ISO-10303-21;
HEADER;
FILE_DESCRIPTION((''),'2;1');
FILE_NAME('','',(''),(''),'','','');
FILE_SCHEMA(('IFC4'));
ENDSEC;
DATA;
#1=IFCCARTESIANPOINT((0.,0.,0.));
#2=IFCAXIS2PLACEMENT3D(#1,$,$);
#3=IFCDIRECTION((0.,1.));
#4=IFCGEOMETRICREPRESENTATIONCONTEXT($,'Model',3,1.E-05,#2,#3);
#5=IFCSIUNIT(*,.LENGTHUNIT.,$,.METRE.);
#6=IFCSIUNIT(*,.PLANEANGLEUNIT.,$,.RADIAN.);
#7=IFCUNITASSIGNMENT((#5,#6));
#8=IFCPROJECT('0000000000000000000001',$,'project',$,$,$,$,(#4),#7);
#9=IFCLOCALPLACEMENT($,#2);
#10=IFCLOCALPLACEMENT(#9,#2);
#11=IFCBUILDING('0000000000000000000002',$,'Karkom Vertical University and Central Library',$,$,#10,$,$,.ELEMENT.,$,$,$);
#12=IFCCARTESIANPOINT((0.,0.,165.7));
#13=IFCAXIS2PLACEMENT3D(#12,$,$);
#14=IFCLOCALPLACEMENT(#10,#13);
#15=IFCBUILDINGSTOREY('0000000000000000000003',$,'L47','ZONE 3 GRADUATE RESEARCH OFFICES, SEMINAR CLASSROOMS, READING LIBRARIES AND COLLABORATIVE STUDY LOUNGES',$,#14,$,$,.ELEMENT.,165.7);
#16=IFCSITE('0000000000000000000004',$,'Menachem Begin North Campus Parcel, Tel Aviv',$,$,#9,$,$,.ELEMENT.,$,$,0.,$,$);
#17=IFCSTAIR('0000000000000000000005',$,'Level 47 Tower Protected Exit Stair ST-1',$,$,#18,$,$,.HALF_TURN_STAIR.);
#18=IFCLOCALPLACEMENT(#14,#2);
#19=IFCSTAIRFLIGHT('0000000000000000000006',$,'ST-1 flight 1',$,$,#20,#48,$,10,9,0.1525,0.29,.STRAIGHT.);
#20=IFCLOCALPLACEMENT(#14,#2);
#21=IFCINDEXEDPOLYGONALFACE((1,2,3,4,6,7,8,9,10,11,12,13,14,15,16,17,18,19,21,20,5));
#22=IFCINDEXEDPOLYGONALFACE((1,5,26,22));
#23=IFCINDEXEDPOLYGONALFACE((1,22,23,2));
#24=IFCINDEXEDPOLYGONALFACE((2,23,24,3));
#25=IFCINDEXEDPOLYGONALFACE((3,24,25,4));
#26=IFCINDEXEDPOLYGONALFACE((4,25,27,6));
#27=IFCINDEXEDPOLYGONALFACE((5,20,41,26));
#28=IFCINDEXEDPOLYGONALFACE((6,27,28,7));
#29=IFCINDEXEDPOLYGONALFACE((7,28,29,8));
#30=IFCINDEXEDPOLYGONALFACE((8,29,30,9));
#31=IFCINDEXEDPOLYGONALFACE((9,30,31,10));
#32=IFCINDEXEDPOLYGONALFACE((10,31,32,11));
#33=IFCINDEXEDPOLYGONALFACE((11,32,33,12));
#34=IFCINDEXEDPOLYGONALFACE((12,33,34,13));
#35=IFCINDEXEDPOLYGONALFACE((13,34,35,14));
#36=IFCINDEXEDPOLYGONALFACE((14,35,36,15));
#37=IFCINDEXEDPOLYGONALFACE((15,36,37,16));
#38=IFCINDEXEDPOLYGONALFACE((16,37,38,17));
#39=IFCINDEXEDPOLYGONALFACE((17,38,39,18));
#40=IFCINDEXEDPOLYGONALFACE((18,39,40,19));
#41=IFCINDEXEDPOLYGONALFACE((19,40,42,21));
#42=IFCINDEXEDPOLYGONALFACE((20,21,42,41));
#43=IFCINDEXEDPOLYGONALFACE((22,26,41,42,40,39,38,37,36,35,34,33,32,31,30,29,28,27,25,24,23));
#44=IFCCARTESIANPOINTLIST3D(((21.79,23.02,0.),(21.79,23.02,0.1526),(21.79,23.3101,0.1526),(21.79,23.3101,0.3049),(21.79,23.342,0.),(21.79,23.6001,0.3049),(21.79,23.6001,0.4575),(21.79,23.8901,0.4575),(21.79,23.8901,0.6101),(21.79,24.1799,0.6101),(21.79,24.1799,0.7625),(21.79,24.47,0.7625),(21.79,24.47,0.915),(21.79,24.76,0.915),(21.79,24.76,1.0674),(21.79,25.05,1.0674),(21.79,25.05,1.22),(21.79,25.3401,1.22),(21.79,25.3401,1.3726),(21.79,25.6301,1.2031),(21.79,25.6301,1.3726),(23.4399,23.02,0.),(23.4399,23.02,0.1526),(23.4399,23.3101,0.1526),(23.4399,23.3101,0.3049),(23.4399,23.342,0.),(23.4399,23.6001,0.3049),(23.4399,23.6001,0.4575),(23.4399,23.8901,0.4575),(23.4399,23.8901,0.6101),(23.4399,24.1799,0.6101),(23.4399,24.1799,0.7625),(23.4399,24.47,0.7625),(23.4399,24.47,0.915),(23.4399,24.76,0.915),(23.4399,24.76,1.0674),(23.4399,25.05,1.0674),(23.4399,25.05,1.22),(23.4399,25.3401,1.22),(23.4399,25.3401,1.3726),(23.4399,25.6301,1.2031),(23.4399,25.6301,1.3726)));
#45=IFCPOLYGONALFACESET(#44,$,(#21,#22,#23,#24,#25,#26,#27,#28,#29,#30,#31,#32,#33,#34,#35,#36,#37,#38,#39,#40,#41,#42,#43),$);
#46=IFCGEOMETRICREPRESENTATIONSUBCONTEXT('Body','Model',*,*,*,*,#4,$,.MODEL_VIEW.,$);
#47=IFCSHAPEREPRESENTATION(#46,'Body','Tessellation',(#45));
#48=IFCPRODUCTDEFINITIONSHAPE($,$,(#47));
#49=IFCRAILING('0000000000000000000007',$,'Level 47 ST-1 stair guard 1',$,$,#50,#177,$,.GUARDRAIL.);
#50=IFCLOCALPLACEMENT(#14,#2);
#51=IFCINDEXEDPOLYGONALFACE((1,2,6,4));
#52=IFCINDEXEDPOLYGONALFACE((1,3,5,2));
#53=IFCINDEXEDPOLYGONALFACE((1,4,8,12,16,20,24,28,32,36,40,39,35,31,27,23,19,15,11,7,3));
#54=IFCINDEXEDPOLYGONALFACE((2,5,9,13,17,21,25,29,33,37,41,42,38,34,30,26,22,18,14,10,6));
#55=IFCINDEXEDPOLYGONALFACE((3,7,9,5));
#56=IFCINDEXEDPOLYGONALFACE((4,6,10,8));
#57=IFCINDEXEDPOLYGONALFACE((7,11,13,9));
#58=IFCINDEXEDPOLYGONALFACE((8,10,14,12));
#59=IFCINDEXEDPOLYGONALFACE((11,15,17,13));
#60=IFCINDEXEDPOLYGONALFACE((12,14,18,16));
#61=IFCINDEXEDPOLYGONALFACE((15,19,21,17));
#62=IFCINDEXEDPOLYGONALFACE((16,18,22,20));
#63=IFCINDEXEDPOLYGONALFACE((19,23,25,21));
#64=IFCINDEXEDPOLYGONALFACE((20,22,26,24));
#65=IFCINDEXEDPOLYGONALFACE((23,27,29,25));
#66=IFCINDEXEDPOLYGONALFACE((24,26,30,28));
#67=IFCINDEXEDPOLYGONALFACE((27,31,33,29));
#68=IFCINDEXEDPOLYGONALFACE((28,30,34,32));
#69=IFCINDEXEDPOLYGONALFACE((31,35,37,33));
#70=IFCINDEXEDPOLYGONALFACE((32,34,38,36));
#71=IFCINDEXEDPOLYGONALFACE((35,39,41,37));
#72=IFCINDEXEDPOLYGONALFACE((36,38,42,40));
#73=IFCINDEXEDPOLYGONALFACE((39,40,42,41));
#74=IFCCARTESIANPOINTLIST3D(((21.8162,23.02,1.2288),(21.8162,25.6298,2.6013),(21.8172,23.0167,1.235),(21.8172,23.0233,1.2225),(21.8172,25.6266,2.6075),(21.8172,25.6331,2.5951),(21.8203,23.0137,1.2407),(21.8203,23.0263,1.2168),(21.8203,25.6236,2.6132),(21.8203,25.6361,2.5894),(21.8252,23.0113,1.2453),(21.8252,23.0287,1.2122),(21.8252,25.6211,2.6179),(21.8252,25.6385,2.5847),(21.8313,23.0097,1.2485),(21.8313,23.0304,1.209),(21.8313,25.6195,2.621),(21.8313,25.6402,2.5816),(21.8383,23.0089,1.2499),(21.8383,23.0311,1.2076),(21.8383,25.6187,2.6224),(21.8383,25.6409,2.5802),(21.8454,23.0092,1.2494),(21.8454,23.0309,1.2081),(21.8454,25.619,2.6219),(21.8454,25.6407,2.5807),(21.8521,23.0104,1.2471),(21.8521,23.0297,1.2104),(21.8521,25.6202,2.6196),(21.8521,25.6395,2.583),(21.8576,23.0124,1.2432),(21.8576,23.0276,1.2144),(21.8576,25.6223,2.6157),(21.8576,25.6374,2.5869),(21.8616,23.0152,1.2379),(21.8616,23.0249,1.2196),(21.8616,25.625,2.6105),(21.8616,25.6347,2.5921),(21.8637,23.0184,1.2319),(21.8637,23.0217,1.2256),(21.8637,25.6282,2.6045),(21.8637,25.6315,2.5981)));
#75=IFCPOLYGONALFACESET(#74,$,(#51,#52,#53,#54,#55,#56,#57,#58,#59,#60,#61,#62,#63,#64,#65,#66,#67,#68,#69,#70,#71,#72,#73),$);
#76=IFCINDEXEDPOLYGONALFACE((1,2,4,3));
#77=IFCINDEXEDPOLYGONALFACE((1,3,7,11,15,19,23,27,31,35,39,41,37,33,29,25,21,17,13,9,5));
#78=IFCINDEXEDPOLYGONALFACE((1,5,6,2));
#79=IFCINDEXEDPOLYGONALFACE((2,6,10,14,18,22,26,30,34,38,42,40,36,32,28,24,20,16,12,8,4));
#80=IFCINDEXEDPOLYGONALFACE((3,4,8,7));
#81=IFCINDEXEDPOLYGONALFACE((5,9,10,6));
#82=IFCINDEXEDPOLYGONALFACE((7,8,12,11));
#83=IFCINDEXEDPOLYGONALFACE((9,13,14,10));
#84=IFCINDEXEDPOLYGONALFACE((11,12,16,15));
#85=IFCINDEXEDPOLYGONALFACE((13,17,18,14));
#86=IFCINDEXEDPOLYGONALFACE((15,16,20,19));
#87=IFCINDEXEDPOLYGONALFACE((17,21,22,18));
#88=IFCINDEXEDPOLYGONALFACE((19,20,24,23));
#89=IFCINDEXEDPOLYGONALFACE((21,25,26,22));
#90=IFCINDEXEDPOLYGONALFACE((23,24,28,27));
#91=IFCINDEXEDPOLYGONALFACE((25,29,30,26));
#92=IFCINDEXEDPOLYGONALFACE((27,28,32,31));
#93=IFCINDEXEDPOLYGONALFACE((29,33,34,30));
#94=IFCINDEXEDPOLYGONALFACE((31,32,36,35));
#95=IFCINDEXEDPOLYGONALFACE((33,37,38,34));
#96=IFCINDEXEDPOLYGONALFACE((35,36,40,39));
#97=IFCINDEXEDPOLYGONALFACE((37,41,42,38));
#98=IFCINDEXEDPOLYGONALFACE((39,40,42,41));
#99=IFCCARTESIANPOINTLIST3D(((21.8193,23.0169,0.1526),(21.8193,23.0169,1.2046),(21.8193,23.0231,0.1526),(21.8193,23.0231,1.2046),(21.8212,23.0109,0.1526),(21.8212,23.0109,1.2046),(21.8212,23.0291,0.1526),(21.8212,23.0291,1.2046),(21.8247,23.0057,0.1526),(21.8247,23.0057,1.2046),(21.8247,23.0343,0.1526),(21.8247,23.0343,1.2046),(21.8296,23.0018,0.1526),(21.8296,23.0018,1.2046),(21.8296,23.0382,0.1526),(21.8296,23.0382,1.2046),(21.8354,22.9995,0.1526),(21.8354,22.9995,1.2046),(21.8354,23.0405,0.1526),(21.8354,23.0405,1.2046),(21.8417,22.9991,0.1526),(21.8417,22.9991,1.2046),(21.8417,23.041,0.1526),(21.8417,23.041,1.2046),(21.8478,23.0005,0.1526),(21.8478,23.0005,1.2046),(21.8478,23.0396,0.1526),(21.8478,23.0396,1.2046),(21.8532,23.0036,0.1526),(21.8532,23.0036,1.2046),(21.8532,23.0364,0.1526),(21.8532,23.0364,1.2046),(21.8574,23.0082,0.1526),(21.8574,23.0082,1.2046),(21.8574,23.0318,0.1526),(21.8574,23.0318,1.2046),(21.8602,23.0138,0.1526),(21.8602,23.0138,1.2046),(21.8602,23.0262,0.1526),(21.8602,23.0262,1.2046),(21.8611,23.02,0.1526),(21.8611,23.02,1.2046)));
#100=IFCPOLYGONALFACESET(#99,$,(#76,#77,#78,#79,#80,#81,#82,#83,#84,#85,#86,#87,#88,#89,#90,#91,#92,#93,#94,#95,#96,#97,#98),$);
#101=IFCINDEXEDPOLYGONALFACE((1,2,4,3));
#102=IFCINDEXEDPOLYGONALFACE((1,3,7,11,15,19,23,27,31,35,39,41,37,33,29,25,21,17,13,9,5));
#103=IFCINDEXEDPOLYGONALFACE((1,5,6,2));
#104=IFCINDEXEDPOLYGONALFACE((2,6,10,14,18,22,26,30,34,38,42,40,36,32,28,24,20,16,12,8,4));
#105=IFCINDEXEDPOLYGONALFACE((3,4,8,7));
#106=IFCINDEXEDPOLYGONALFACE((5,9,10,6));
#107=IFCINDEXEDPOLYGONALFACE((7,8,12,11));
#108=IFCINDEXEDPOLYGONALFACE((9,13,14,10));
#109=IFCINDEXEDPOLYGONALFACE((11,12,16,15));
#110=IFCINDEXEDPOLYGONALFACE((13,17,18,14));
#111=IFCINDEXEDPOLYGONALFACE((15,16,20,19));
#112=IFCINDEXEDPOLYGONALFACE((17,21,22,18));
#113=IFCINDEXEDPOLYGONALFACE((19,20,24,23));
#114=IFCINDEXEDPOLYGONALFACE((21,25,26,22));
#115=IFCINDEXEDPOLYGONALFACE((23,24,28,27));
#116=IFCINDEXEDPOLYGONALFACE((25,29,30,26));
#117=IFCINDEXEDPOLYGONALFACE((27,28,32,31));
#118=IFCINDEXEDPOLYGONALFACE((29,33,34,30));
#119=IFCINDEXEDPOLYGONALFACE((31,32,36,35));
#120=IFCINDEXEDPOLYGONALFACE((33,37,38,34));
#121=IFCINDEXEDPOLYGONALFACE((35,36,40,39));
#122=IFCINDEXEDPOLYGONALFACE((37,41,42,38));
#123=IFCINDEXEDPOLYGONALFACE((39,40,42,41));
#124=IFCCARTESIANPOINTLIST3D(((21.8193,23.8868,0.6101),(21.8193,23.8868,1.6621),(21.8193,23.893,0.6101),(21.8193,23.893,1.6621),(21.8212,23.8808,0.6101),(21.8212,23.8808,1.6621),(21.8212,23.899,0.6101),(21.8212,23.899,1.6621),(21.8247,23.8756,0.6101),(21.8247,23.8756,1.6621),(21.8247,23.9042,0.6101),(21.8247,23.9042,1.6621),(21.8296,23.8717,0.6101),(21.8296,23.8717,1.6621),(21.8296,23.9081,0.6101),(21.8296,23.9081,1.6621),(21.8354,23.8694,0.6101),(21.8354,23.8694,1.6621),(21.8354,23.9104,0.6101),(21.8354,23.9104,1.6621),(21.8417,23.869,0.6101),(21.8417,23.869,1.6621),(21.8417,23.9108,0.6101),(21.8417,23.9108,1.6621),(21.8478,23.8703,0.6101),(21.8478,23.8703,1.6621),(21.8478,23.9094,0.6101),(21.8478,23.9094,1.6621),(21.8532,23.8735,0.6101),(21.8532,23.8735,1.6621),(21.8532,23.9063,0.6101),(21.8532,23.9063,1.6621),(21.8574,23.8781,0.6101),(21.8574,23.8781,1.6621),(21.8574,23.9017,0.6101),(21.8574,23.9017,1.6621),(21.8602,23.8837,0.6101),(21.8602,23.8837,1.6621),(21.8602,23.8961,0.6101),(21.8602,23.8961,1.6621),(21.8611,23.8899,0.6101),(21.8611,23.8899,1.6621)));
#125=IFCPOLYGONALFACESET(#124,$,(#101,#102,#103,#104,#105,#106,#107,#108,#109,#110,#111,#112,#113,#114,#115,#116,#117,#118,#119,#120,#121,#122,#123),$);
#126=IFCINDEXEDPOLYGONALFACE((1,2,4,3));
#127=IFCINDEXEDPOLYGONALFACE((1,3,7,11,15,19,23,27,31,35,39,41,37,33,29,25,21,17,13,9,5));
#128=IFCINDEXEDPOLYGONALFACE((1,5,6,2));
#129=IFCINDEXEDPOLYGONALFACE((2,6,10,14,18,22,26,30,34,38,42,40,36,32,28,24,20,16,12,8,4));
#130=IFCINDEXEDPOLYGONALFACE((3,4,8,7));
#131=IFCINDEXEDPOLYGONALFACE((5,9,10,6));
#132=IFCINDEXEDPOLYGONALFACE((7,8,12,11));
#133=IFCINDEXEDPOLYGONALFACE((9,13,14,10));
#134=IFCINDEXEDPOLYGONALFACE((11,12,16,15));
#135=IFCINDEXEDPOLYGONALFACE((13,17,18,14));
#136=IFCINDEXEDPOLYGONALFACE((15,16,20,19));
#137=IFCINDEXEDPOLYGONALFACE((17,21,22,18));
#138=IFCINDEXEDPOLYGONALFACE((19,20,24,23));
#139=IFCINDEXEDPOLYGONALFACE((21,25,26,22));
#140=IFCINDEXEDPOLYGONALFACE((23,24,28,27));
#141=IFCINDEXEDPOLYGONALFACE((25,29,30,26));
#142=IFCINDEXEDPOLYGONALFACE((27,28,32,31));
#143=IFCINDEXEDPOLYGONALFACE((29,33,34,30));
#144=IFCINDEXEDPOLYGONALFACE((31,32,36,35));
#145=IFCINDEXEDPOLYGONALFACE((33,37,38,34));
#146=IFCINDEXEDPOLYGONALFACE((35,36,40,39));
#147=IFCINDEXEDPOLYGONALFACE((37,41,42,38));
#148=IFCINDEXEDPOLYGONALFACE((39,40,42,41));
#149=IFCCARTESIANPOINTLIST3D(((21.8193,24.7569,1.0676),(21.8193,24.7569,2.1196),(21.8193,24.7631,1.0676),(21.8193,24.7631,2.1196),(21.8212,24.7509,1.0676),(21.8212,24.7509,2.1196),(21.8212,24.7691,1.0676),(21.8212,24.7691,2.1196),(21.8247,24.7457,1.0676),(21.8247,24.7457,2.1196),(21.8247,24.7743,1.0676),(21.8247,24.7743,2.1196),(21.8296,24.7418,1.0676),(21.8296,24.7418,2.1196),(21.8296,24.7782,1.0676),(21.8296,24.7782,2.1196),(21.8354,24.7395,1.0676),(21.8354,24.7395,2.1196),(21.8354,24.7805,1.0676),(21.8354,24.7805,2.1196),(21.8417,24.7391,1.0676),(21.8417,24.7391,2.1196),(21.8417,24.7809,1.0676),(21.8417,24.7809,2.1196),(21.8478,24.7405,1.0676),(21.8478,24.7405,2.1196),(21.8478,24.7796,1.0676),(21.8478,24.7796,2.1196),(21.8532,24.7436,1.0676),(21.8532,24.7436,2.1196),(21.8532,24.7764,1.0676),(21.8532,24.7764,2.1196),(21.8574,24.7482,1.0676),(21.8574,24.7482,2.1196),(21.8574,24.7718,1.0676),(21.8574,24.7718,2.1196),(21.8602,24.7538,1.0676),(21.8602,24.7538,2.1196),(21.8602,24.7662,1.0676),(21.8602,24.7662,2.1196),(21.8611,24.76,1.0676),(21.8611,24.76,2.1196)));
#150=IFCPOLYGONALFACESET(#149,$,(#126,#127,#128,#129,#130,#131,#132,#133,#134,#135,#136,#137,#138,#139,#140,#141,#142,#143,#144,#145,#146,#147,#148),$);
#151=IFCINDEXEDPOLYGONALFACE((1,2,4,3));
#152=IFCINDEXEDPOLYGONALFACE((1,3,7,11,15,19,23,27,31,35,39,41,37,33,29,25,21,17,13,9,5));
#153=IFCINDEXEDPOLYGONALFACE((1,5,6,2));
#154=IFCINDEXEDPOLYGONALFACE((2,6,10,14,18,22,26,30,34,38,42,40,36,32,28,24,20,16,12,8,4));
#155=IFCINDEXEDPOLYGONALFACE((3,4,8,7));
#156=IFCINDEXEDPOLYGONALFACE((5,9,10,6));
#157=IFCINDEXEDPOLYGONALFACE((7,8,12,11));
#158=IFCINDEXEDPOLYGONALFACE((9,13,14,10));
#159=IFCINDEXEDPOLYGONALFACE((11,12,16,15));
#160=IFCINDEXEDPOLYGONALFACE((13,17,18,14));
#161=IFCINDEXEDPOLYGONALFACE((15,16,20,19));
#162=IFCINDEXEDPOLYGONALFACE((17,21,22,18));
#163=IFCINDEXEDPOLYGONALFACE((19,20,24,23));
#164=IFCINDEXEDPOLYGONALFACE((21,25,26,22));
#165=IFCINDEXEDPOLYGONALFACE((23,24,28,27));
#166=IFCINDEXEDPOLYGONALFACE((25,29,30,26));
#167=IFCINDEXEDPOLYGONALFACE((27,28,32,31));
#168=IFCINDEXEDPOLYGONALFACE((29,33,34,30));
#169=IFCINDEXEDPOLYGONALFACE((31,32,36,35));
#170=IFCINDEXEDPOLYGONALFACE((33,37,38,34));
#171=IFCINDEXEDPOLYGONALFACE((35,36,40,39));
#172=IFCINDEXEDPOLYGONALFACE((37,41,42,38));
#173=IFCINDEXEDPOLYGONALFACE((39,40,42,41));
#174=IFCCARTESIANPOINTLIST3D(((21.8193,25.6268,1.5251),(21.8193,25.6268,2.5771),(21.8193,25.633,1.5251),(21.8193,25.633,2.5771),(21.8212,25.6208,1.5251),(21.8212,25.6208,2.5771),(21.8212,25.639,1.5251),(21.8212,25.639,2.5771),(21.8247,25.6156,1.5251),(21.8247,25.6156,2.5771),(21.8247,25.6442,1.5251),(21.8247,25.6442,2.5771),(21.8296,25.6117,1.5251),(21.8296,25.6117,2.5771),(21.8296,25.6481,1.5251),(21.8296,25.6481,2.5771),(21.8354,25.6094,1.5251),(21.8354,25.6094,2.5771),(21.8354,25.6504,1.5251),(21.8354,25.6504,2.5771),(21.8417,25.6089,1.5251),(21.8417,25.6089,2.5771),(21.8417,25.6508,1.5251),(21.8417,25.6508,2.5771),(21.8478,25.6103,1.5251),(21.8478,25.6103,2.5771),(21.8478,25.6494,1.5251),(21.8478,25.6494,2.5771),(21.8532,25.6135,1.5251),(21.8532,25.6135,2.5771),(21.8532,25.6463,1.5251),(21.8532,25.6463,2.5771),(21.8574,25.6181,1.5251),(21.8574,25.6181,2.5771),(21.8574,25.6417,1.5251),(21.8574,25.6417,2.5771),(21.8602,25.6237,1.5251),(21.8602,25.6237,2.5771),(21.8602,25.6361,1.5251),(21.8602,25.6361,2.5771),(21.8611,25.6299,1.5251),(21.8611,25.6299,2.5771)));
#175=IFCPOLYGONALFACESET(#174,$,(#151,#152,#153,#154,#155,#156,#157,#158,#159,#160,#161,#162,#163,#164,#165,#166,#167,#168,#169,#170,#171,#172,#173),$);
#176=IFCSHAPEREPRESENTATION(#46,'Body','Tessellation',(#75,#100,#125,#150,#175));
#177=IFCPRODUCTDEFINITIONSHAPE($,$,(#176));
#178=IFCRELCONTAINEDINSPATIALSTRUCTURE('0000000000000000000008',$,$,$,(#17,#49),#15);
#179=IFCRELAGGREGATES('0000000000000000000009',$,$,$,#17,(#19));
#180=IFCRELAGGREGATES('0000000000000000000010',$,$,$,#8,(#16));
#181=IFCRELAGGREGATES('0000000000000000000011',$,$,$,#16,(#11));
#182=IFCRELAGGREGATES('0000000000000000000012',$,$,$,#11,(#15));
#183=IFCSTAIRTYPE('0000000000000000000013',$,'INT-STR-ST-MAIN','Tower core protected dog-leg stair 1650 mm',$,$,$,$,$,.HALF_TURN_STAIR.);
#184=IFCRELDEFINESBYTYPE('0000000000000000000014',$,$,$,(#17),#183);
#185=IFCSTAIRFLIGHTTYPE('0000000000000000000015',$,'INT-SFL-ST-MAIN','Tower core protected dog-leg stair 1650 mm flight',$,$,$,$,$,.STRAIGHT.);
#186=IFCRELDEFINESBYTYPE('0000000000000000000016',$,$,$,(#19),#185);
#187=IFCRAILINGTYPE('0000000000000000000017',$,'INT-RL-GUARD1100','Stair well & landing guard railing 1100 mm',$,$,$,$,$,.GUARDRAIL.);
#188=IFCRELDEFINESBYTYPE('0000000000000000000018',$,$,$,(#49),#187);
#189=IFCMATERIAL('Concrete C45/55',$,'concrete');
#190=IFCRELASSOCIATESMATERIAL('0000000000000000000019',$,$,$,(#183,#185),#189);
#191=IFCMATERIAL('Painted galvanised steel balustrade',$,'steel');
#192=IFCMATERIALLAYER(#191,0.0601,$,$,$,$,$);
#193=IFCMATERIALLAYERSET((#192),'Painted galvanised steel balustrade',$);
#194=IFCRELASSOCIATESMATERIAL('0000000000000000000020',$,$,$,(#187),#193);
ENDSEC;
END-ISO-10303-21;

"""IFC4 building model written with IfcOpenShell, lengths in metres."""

from ifc_helpers import new_model, si_unit, direction, frame, origin, origin_2d, place, context, subcontext, project, spatial, polyline, circle, outline, extrude, material, layer, layer_set, type_object, element, aggregate, save


model = new_model("IFC4")

# Units and contexts
model_context = context("Model", 3, precision=1e-05, world=origin(), true_north=direction((0.0, 1.0)))
body_context = subcontext(model_context, "Body", "Model", "MODEL_VIEW")
ifc_project = project(units=[si_unit("LENGTHUNIT", "METRE"), si_unit("PLANEANGLEUNIT", "RADIAN")], contexts=[model_context])

# Site, building, storey
site_placement = place(None, origin())
site = spatial("IfcSite", under=ifc_project, at=site_placement, Name="Menachem Begin North Campus Parcel, Tel Aviv", CompositionType="ELEMENT", RefElevation=0.0)
building_placement = place(site_placement, origin())
building = spatial("IfcBuilding", under=site, at=building_placement, Name="Karkom Vertical University and Central Library", CompositionType="ELEMENT")
storey_placement = place(building_placement, frame((0.0, 0.0, 165.7)))
storey = spatial("IfcBuildingStorey", under=building, at=storey_placement, Name="L47", Description="ZONE 3 GRADUATE RESEARCH OFFICES, SEMINAR CLASSROOMS, READING LIBRARIES AND COLLABORATIVE STUDY LOUNGES", CompositionType="ELEMENT", Elevation=165.7)

# Shared definitions
ifc_material_1 = material(Name="Concrete C45/55", Category="concrete")

# Stair, stair flight
stair_type = type_object("IfcStairType", Name="INT-STR-ST-MAIN", Description="Tower core protected dog-leg stair 1650 mm", PredefinedType="HALF_TURN_STAIR", material=ifc_material_1)
stair_placement = place(storey_placement, origin())
stair = element("IfcStair", 1, at=stair_placement, inside=storey, type_object=stair_type, Name="Level 47 Tower Protected Exit Stair ST-1", PredefinedType="HALF_TURN_STAIR")
stair_flight_type = type_object("IfcStairFlightType", Name="INT-SFL-ST-MAIN", Description="Tower core protected dog-leg stair 1650 mm flight", PredefinedType="STRAIGHT", material=ifc_material_1)
stair_flight_placement = place(storey_placement, frame((22.615, 23.02, 0.0), z_axis=(0.0, 0.0, 1.0), x_axis=(0.0, 1.0, 0.0)))
stair_flight = element("IfcStairFlight", 2, at=stair_flight_placement, type_object=stair_flight_type, Name="ST-1 flight 1", NumberOfRisers=10, NumberOfTreads=9, PredefinedType="STRAIGHT", RiserHeight=0.1525, TreadLength=0.29, context=body_context, shape_type="SweptSolid", body=[
    extrude(outline(polyline([(0.0, 0.0), (0.0, 0.1526), (0.29, 0.1526), (0.29, 0.3049), (0.5801, 0.3049), (0.5801, 0.4575), (0.8701, 0.4575), (0.8701, 0.6101), (1.1599, 0.6101), (1.1599, 0.7625), (1.45, 0.7625), (1.45, 0.915), (1.74, 0.915), (1.74, 1.0674), (2.03, 1.0674), (2.03, 1.22), (2.3201, 1.22), (2.3201, 1.3726), (2.6101, 1.3726), (2.6101, 1.5249), (2.6101, 1.2031), (0.322, 0.0), (0.0, 0.0)])), frame((0.0, 0.825, 0.0), z_axis=(0.0, -1.0, 0.0), x_axis=(1.0, 0.0, 0.0)), (0.0, 0.0, 1.0), 1.6499),
])
aggregate(stair, [stair_flight])

# Railing
ifc_material_2 = material(Name="Painted galvanised steel balustrade", Category="steel")
ifc_layer_1 = layer(ifc_material_2, 0.0601)
ifc_layer_set_1 = layer_set([ifc_layer_1], Name="Painted galvanised steel balustrade")
railing_type_1 = type_object("IfcRailingType", Name="INT-RL-GUARD1100", Description="Stair well & landing guard railing 1100 mm", PredefinedType="GUARDRAIL", material=ifc_layer_set_1)
railing_1_placement = place(storey_placement, frame((21.8401, 23.02, 0.1526)))
element("IfcRailing", 3, at=railing_1_placement, inside=storey, type_object=railing_type_1, Name="Level 47 ST-1 stair guard 1", PredefinedType="GUARDRAIL", context=body_context, shape_type="SweptSolid", body=[
    extrude(circle(Radius=0.0239, at=origin_2d()), frame((0.0, 0.0, 1.0762), z_axis=(0.0, 0.885065, 0.465467), x_axis=(-1.0, 0.0, 0.0)), (0.0, 0.0, 1.0), 2.9487),
    extrude(circle(Radius=0.021, at=origin_2d()), origin(), (0.0, 0.0, 1.0), 1.052),
    extrude(circle(Radius=0.021, at=origin_2d()), frame((0.0, 0.8699, 0.4575)), (0.0, 0.0, 1.0), 1.052),
    extrude(circle(Radius=0.021, at=origin_2d()), frame((0.0, 1.74, 0.915)), (0.0, 0.0, 1.0), 1.052),
    extrude(circle(Radius=0.021, at=origin_2d()), frame((0.0, 2.6099, 1.3726)), (0.0, 0.0, 1.0), 1.052),
])

save(model, "model.ifc")
